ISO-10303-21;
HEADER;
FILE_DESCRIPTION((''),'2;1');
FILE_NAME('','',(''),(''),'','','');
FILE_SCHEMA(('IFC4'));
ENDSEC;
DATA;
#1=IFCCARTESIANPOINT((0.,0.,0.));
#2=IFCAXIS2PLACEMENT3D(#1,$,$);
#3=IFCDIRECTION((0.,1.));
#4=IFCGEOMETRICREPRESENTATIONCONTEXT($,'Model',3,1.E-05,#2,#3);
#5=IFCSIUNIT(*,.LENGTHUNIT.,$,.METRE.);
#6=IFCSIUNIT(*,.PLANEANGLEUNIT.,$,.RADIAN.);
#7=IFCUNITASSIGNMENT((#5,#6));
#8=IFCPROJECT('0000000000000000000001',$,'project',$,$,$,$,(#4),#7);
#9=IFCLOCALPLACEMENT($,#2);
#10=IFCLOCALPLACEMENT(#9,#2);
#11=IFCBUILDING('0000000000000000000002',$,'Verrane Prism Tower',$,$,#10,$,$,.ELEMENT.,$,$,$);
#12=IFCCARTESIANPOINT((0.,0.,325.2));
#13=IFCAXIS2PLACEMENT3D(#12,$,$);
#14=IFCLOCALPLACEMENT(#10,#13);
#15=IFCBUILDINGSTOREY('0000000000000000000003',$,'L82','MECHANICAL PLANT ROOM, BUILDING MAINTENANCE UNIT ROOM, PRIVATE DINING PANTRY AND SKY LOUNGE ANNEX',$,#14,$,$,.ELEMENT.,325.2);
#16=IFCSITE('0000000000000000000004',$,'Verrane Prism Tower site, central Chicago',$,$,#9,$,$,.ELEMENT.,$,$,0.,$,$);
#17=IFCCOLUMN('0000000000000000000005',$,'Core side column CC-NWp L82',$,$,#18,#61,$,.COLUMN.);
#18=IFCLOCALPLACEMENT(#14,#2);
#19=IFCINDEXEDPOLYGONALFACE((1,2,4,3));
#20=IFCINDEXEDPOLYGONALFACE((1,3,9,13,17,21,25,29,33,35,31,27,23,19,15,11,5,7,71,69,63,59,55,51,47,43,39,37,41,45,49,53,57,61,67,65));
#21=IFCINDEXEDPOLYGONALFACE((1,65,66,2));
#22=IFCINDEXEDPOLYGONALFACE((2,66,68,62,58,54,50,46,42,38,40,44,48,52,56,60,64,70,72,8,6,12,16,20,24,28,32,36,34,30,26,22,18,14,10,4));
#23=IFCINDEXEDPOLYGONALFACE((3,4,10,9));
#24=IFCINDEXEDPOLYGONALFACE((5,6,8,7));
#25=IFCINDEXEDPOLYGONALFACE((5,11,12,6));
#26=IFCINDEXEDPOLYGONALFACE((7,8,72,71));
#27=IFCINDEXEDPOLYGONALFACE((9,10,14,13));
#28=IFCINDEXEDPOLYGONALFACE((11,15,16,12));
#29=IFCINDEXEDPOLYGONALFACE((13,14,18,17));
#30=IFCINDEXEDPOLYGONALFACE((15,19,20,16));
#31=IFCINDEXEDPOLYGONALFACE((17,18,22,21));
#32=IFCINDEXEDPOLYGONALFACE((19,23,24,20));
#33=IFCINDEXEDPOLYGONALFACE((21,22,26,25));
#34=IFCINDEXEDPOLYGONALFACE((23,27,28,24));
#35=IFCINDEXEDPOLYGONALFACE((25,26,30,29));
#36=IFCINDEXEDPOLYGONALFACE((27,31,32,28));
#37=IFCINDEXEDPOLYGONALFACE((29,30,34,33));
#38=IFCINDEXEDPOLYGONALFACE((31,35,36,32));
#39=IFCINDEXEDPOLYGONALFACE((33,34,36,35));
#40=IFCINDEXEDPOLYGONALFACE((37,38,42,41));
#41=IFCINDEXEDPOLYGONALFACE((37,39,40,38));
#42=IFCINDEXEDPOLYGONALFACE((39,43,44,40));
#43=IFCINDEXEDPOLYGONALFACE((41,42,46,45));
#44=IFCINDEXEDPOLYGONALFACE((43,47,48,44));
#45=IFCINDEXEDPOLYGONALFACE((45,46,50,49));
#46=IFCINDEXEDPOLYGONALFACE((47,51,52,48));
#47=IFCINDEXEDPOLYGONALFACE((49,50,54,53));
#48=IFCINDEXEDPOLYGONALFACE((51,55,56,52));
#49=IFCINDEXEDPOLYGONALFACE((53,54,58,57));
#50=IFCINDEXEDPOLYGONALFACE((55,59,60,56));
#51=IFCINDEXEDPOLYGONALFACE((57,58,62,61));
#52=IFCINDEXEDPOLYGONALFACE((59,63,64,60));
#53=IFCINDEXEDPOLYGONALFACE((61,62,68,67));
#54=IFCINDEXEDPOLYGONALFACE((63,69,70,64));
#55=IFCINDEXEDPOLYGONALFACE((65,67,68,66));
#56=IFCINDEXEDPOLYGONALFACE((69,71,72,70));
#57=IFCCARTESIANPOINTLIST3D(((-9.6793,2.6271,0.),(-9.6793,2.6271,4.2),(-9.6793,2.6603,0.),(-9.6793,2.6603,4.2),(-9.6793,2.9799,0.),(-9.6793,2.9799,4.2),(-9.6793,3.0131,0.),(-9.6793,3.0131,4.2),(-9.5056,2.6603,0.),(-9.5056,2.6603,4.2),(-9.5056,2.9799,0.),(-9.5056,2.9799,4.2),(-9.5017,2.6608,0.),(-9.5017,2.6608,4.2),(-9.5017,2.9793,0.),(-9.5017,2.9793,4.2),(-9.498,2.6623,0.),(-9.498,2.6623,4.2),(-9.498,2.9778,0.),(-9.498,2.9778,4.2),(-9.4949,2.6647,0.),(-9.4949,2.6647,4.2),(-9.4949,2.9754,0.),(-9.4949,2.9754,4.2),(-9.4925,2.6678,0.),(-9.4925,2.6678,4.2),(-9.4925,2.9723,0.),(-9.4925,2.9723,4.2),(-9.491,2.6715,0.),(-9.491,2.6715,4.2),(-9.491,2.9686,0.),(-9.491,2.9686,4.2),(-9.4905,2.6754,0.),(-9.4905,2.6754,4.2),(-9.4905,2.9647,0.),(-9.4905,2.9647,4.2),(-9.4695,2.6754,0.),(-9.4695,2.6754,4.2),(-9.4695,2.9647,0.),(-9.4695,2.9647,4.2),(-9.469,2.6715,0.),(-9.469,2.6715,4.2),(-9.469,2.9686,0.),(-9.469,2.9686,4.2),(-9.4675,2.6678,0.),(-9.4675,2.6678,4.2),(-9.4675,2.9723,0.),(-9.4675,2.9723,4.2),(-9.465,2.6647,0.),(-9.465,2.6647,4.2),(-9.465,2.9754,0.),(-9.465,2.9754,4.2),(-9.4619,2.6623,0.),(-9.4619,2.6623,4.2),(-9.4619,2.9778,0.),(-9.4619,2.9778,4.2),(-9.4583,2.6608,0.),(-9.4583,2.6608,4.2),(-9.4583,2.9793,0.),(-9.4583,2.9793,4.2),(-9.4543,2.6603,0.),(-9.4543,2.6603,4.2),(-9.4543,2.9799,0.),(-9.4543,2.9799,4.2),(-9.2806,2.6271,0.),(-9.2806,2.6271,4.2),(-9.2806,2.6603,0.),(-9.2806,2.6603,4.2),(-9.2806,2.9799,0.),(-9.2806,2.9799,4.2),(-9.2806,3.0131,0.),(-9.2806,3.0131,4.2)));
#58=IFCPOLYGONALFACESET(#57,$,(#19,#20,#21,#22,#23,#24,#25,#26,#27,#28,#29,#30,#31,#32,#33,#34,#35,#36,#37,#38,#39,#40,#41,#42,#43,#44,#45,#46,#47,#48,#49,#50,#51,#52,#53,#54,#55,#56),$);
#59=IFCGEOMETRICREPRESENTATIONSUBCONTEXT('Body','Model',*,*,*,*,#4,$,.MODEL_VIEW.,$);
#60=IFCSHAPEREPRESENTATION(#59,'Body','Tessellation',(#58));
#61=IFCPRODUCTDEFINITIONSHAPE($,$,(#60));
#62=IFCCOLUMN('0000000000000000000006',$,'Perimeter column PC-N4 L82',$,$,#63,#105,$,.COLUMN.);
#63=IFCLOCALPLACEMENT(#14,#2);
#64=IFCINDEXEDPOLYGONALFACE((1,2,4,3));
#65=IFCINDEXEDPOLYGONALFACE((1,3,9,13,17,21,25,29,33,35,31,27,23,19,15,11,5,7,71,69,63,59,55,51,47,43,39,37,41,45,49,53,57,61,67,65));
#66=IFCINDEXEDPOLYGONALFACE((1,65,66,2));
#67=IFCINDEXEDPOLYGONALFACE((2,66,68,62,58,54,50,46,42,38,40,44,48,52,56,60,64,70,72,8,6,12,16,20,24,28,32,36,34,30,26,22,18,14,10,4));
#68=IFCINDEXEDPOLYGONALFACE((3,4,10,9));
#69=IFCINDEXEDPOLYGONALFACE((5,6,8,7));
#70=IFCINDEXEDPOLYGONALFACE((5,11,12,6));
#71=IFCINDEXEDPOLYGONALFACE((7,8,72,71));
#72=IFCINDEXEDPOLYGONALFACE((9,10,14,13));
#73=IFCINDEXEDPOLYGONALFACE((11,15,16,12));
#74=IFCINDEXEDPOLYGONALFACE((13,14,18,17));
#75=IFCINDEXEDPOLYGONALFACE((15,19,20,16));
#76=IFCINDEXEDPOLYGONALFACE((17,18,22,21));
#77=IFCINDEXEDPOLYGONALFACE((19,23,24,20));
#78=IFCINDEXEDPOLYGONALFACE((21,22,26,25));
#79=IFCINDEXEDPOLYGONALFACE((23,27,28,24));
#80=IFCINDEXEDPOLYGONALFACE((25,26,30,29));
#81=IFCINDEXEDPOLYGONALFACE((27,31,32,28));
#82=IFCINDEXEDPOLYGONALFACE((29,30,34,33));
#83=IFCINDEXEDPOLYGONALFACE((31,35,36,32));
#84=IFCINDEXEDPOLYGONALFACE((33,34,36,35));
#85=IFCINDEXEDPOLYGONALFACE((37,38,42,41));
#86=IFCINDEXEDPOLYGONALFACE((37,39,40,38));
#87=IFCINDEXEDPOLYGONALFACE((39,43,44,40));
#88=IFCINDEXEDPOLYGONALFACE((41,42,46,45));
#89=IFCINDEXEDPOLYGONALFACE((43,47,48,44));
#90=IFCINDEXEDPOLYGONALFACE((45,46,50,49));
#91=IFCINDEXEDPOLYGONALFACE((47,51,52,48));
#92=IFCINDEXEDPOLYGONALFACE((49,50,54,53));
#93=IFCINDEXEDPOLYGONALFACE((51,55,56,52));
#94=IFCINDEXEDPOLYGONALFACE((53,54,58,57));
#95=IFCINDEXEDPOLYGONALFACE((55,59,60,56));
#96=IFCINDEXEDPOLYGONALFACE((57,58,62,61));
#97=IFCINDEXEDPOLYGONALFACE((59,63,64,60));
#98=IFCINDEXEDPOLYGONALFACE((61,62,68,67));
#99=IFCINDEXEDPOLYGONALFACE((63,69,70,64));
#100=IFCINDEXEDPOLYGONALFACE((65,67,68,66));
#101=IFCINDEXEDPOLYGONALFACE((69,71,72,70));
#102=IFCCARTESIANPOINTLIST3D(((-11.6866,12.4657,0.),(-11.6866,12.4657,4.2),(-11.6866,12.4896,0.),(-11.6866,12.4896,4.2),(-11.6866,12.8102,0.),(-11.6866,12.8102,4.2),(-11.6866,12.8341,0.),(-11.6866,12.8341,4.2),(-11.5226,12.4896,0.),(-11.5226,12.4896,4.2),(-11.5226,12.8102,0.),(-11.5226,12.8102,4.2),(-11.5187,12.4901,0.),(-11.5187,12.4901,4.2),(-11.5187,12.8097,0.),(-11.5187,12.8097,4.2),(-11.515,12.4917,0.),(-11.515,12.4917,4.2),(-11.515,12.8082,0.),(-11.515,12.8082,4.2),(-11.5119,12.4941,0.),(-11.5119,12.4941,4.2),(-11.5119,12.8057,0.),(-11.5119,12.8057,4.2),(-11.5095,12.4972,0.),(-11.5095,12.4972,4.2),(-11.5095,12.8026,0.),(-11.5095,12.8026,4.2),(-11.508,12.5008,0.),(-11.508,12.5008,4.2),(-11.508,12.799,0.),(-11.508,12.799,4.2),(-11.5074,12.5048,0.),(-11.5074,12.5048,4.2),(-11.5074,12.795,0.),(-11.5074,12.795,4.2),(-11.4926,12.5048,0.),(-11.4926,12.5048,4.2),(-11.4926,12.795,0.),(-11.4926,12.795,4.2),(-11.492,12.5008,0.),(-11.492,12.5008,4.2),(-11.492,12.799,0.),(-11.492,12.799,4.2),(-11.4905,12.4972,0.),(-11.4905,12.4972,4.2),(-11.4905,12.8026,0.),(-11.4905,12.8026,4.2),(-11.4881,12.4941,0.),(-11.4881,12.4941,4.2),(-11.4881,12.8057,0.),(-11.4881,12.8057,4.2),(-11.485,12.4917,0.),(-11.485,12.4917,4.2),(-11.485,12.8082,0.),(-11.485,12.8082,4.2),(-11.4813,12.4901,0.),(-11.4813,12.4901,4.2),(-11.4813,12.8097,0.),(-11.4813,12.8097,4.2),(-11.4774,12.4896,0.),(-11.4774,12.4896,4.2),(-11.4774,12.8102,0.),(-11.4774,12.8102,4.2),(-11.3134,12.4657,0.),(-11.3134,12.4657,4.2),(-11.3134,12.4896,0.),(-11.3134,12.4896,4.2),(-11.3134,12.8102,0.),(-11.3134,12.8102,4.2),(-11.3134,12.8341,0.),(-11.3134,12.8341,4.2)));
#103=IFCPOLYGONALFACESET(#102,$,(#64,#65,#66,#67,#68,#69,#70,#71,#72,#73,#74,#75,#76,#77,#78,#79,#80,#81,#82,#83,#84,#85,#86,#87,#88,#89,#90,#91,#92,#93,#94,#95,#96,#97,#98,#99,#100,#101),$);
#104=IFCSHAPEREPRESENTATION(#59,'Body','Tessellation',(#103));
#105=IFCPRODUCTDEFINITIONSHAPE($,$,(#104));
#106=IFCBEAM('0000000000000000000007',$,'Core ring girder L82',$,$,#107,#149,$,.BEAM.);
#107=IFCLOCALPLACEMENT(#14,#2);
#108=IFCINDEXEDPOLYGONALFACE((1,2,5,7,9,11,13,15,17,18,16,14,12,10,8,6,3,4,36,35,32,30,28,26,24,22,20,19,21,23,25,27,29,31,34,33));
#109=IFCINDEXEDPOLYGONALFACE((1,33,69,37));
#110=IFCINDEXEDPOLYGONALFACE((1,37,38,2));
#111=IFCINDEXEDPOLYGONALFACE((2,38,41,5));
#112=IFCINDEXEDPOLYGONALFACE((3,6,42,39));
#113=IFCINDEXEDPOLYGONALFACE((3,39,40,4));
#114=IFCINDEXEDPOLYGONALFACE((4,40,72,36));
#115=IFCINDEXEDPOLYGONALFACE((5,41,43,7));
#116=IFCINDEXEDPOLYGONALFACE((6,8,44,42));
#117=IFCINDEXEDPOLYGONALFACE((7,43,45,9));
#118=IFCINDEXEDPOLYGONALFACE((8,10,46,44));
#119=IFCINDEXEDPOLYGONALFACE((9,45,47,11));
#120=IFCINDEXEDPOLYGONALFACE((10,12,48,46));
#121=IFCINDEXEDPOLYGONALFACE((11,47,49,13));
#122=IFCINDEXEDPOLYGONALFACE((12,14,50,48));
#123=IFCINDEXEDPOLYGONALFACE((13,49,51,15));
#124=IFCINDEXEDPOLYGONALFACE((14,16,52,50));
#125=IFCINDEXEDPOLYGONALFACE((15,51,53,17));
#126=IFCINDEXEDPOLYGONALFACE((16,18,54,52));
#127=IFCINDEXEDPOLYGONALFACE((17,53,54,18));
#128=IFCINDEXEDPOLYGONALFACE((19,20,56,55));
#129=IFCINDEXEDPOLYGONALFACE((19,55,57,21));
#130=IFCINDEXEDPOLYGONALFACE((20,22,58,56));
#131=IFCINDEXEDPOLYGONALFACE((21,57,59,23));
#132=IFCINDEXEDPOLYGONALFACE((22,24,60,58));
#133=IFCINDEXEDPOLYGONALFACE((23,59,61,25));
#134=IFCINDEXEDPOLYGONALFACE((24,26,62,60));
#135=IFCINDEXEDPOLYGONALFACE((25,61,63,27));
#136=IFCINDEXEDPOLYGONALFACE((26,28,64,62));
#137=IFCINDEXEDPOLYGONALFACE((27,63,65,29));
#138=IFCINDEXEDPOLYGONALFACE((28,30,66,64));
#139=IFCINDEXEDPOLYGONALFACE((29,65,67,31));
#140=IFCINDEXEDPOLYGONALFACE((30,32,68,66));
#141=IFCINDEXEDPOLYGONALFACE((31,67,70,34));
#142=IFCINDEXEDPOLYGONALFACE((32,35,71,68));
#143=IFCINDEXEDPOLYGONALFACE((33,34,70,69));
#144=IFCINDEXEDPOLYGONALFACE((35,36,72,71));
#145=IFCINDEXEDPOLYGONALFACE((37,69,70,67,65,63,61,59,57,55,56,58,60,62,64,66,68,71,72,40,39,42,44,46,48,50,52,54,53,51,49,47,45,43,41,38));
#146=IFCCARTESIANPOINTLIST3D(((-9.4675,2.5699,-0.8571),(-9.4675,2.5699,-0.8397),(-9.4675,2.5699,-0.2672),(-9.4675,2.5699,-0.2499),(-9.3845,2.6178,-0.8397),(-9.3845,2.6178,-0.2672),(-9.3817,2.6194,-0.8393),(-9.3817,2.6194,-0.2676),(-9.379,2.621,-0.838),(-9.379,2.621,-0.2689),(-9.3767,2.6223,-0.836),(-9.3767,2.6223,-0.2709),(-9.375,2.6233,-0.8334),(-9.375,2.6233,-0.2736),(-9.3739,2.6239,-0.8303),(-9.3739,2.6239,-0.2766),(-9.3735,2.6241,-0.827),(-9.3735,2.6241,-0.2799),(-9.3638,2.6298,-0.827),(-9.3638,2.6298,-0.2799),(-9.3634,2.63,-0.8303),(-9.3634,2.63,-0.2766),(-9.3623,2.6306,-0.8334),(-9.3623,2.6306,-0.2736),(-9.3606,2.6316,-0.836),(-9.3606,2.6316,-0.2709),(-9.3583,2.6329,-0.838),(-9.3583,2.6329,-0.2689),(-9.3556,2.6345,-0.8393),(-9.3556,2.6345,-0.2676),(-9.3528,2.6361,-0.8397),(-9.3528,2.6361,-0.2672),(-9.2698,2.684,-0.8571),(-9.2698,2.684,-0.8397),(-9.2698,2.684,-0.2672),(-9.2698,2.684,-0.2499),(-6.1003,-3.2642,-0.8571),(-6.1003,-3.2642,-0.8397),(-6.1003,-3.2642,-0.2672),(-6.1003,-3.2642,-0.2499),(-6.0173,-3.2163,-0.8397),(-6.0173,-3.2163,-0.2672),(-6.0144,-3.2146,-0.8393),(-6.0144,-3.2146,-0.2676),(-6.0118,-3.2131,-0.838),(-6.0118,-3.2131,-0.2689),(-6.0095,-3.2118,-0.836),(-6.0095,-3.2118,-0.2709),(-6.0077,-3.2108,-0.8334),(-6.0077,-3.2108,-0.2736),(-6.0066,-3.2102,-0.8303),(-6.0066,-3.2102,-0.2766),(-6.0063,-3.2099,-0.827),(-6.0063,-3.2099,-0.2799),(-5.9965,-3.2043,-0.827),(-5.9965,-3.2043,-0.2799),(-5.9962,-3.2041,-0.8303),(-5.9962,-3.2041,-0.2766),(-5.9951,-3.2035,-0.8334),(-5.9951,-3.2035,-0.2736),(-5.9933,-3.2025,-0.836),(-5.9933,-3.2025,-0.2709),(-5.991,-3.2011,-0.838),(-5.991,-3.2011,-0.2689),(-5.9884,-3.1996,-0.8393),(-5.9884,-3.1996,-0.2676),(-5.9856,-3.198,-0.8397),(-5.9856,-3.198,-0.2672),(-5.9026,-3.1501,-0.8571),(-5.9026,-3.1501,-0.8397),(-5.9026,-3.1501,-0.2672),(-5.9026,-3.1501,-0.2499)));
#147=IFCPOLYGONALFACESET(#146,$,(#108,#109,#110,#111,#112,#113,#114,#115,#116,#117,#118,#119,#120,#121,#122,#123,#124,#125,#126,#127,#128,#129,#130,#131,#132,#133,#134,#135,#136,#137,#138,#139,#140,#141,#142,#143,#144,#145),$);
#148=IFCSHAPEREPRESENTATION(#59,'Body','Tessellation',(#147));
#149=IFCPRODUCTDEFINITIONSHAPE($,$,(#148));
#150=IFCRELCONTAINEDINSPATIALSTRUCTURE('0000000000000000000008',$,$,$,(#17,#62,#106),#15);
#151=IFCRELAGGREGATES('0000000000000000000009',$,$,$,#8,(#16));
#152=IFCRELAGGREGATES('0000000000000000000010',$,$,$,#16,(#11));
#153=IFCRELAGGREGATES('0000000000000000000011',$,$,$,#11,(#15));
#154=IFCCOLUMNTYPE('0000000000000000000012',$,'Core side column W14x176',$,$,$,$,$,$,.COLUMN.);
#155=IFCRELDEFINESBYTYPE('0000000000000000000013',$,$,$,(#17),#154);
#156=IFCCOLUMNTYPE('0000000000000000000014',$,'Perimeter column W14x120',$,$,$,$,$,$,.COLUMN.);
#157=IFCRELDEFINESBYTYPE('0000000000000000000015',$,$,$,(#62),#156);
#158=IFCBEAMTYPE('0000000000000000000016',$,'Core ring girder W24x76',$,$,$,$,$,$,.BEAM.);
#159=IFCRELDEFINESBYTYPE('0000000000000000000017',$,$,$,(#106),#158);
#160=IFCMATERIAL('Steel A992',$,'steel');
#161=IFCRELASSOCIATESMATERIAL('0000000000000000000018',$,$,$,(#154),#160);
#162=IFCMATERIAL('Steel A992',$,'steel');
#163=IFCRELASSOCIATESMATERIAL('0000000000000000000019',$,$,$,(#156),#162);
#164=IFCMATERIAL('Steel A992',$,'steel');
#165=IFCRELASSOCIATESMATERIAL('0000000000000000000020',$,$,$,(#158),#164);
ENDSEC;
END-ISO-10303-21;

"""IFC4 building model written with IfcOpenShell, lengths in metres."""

from ifc_helpers import new_model, si_unit, direction, frame, origin, origin_2d, place, context, subcontext, project, spatial, i_section, extrude, material, material_profile, profile_set, type_object, element, save


model = new_model("IFC4")

# Units and contexts
model_context = context("Model", 3, precision=1e-05, world=origin(), true_north=direction((0.0, 1.0)))
body_context = subcontext(model_context, "Body", "Model", "MODEL_VIEW")
ifc_project = project(units=[si_unit("LENGTHUNIT", "METRE"), si_unit("PLANEANGLEUNIT", "RADIAN")], contexts=[model_context])

# Site, building, storey
site_placement = place(None, origin())
site = spatial("IfcSite", under=ifc_project, at=site_placement, Name="Verrane Prism Tower site, central Chicago", CompositionType="ELEMENT", RefElevation=0.0)
building_placement = place(site_placement, origin())
building = spatial("IfcBuilding", under=site, at=building_placement, Name="Verrane Prism Tower", CompositionType="ELEMENT")
storey_placement = place(building_placement, frame((0.0, 0.0, 325.2)))
storey = spatial("IfcBuildingStorey", under=building, at=storey_placement, Name="L82", Description="MECHANICAL PLANT ROOM, BUILDING MAINTENANCE UNIT ROOM, PRIVATE DINING PANTRY AND SKY LOUNGE ANNEX", CompositionType="ELEMENT", Elevation=325.2)

# Columns
ifc_material_1 = material(Name="Steel A992", Category="steel")
ifc_material_profile_1 = material_profile(ifc_material_1, i_section(OverallWidth=0.3987, OverallDepth=0.386, WebThickness=0.021, FlangeThickness=0.0332, FilletRadius=0.0151, at=origin_2d()), Name="W14x176")
ifc_profile_set_1 = profile_set([ifc_material_profile_1], Name="Steel A992")
column_type_1 = type_object("IfcColumnType", Name="Core side column W14x176", PredefinedType="COLUMN", material=ifc_profile_set_1)
column_1_placement = place(storey_placement, frame((-9.48, 2.8201, 0.0), z_axis=(0.0, 0.0, 1.0), x_axis=(1.0, 0.0, 0.0)))
element("IfcColumn", 1, at=column_1_placement, inside=storey, type_object=column_type_1, Name="Core side column CC-NWp L82", PredefinedType="COLUMN", context=body_context, shape_type="SweptSolid", body=[
    extrude(i_section(OverallWidth=0.3987, OverallDepth=0.386, WebThickness=0.021, FlangeThickness=0.0332, FilletRadius=0.0151, at=origin_2d()), origin(), (0.0, 0.0, 1.0), 4.2),
])
ifc_material_2 = material(Name="Steel A992", Category="steel")
ifc_material_profile_2 = material_profile(ifc_material_2, i_section(OverallWidth=0.3733, OverallDepth=0.3684, WebThickness=0.0149, FlangeThickness=0.0239, FilletRadius=0.0151, at=origin_2d()), Name="W14x120")
ifc_profile_set_2 = profile_set([ifc_material_profile_2], Name="Steel A992")
column_type_2 = type_object("IfcColumnType", Name="Perimeter column W14x120", PredefinedType="COLUMN", material=ifc_profile_set_2)
column_2_placement = place(storey_placement, frame((-11.5, 12.6499, 0.0), z_axis=(0.0, 0.0, 1.0), x_axis=(1.0, 0.0, 0.0)))
element("IfcColumn", 2, at=column_2_placement, inside=storey, type_object=column_type_2, Name="Perimeter column PC-N4 L82", PredefinedType="COLUMN", context=body_context, shape_type="SweptSolid", body=[
    extrude(i_section(OverallWidth=0.3733, OverallDepth=0.3684, WebThickness=0.0149, FlangeThickness=0.0239, FilletRadius=0.0151, at=origin_2d()), origin(), (0.0, 0.0, 1.0), 4.2),
])

# Beam
ifc_material_3 = material(Name="Steel A992", Category="steel")
ifc_material_profile_3 = material_profile(ifc_material_3, i_section(OverallWidth=0.2283, OverallDepth=0.6072, WebThickness=0.0112, FlangeThickness=0.0173, FilletRadius=0.0127, at=origin_2d()), Name="W24x76")
ifc_profile_set_3 = profile_set([ifc_material_profile_3], Name="Steel A992")
beam_type_1 = type_object("IfcBeamType", Name="Core ring girder W24x76", PredefinedType="BEAM", material=ifc_profile_set_3)
beam_1_placement = place(storey_placement, frame((-9.3687, 2.627, -0.5535), z_axis=(0.499881, -0.866094, 0.0), x_axis=(0.866094, 0.499881, 0.0)))
element("IfcBeam", 3, at=beam_1_placement, inside=storey, type_object=beam_type_1, Name="Core ring girder L82", PredefinedType="BEAM", context=body_context, shape_type="SweptSolid", body=[
    extrude(i_section(OverallWidth=0.2283, OverallDepth=0.6072, WebThickness=0.0112, FlangeThickness=0.0173, FilletRadius=0.0127, at=origin_2d()), origin(), (0.0, 0.0, 1.0), 6.7361),
])

save(model, "model.ifc")
